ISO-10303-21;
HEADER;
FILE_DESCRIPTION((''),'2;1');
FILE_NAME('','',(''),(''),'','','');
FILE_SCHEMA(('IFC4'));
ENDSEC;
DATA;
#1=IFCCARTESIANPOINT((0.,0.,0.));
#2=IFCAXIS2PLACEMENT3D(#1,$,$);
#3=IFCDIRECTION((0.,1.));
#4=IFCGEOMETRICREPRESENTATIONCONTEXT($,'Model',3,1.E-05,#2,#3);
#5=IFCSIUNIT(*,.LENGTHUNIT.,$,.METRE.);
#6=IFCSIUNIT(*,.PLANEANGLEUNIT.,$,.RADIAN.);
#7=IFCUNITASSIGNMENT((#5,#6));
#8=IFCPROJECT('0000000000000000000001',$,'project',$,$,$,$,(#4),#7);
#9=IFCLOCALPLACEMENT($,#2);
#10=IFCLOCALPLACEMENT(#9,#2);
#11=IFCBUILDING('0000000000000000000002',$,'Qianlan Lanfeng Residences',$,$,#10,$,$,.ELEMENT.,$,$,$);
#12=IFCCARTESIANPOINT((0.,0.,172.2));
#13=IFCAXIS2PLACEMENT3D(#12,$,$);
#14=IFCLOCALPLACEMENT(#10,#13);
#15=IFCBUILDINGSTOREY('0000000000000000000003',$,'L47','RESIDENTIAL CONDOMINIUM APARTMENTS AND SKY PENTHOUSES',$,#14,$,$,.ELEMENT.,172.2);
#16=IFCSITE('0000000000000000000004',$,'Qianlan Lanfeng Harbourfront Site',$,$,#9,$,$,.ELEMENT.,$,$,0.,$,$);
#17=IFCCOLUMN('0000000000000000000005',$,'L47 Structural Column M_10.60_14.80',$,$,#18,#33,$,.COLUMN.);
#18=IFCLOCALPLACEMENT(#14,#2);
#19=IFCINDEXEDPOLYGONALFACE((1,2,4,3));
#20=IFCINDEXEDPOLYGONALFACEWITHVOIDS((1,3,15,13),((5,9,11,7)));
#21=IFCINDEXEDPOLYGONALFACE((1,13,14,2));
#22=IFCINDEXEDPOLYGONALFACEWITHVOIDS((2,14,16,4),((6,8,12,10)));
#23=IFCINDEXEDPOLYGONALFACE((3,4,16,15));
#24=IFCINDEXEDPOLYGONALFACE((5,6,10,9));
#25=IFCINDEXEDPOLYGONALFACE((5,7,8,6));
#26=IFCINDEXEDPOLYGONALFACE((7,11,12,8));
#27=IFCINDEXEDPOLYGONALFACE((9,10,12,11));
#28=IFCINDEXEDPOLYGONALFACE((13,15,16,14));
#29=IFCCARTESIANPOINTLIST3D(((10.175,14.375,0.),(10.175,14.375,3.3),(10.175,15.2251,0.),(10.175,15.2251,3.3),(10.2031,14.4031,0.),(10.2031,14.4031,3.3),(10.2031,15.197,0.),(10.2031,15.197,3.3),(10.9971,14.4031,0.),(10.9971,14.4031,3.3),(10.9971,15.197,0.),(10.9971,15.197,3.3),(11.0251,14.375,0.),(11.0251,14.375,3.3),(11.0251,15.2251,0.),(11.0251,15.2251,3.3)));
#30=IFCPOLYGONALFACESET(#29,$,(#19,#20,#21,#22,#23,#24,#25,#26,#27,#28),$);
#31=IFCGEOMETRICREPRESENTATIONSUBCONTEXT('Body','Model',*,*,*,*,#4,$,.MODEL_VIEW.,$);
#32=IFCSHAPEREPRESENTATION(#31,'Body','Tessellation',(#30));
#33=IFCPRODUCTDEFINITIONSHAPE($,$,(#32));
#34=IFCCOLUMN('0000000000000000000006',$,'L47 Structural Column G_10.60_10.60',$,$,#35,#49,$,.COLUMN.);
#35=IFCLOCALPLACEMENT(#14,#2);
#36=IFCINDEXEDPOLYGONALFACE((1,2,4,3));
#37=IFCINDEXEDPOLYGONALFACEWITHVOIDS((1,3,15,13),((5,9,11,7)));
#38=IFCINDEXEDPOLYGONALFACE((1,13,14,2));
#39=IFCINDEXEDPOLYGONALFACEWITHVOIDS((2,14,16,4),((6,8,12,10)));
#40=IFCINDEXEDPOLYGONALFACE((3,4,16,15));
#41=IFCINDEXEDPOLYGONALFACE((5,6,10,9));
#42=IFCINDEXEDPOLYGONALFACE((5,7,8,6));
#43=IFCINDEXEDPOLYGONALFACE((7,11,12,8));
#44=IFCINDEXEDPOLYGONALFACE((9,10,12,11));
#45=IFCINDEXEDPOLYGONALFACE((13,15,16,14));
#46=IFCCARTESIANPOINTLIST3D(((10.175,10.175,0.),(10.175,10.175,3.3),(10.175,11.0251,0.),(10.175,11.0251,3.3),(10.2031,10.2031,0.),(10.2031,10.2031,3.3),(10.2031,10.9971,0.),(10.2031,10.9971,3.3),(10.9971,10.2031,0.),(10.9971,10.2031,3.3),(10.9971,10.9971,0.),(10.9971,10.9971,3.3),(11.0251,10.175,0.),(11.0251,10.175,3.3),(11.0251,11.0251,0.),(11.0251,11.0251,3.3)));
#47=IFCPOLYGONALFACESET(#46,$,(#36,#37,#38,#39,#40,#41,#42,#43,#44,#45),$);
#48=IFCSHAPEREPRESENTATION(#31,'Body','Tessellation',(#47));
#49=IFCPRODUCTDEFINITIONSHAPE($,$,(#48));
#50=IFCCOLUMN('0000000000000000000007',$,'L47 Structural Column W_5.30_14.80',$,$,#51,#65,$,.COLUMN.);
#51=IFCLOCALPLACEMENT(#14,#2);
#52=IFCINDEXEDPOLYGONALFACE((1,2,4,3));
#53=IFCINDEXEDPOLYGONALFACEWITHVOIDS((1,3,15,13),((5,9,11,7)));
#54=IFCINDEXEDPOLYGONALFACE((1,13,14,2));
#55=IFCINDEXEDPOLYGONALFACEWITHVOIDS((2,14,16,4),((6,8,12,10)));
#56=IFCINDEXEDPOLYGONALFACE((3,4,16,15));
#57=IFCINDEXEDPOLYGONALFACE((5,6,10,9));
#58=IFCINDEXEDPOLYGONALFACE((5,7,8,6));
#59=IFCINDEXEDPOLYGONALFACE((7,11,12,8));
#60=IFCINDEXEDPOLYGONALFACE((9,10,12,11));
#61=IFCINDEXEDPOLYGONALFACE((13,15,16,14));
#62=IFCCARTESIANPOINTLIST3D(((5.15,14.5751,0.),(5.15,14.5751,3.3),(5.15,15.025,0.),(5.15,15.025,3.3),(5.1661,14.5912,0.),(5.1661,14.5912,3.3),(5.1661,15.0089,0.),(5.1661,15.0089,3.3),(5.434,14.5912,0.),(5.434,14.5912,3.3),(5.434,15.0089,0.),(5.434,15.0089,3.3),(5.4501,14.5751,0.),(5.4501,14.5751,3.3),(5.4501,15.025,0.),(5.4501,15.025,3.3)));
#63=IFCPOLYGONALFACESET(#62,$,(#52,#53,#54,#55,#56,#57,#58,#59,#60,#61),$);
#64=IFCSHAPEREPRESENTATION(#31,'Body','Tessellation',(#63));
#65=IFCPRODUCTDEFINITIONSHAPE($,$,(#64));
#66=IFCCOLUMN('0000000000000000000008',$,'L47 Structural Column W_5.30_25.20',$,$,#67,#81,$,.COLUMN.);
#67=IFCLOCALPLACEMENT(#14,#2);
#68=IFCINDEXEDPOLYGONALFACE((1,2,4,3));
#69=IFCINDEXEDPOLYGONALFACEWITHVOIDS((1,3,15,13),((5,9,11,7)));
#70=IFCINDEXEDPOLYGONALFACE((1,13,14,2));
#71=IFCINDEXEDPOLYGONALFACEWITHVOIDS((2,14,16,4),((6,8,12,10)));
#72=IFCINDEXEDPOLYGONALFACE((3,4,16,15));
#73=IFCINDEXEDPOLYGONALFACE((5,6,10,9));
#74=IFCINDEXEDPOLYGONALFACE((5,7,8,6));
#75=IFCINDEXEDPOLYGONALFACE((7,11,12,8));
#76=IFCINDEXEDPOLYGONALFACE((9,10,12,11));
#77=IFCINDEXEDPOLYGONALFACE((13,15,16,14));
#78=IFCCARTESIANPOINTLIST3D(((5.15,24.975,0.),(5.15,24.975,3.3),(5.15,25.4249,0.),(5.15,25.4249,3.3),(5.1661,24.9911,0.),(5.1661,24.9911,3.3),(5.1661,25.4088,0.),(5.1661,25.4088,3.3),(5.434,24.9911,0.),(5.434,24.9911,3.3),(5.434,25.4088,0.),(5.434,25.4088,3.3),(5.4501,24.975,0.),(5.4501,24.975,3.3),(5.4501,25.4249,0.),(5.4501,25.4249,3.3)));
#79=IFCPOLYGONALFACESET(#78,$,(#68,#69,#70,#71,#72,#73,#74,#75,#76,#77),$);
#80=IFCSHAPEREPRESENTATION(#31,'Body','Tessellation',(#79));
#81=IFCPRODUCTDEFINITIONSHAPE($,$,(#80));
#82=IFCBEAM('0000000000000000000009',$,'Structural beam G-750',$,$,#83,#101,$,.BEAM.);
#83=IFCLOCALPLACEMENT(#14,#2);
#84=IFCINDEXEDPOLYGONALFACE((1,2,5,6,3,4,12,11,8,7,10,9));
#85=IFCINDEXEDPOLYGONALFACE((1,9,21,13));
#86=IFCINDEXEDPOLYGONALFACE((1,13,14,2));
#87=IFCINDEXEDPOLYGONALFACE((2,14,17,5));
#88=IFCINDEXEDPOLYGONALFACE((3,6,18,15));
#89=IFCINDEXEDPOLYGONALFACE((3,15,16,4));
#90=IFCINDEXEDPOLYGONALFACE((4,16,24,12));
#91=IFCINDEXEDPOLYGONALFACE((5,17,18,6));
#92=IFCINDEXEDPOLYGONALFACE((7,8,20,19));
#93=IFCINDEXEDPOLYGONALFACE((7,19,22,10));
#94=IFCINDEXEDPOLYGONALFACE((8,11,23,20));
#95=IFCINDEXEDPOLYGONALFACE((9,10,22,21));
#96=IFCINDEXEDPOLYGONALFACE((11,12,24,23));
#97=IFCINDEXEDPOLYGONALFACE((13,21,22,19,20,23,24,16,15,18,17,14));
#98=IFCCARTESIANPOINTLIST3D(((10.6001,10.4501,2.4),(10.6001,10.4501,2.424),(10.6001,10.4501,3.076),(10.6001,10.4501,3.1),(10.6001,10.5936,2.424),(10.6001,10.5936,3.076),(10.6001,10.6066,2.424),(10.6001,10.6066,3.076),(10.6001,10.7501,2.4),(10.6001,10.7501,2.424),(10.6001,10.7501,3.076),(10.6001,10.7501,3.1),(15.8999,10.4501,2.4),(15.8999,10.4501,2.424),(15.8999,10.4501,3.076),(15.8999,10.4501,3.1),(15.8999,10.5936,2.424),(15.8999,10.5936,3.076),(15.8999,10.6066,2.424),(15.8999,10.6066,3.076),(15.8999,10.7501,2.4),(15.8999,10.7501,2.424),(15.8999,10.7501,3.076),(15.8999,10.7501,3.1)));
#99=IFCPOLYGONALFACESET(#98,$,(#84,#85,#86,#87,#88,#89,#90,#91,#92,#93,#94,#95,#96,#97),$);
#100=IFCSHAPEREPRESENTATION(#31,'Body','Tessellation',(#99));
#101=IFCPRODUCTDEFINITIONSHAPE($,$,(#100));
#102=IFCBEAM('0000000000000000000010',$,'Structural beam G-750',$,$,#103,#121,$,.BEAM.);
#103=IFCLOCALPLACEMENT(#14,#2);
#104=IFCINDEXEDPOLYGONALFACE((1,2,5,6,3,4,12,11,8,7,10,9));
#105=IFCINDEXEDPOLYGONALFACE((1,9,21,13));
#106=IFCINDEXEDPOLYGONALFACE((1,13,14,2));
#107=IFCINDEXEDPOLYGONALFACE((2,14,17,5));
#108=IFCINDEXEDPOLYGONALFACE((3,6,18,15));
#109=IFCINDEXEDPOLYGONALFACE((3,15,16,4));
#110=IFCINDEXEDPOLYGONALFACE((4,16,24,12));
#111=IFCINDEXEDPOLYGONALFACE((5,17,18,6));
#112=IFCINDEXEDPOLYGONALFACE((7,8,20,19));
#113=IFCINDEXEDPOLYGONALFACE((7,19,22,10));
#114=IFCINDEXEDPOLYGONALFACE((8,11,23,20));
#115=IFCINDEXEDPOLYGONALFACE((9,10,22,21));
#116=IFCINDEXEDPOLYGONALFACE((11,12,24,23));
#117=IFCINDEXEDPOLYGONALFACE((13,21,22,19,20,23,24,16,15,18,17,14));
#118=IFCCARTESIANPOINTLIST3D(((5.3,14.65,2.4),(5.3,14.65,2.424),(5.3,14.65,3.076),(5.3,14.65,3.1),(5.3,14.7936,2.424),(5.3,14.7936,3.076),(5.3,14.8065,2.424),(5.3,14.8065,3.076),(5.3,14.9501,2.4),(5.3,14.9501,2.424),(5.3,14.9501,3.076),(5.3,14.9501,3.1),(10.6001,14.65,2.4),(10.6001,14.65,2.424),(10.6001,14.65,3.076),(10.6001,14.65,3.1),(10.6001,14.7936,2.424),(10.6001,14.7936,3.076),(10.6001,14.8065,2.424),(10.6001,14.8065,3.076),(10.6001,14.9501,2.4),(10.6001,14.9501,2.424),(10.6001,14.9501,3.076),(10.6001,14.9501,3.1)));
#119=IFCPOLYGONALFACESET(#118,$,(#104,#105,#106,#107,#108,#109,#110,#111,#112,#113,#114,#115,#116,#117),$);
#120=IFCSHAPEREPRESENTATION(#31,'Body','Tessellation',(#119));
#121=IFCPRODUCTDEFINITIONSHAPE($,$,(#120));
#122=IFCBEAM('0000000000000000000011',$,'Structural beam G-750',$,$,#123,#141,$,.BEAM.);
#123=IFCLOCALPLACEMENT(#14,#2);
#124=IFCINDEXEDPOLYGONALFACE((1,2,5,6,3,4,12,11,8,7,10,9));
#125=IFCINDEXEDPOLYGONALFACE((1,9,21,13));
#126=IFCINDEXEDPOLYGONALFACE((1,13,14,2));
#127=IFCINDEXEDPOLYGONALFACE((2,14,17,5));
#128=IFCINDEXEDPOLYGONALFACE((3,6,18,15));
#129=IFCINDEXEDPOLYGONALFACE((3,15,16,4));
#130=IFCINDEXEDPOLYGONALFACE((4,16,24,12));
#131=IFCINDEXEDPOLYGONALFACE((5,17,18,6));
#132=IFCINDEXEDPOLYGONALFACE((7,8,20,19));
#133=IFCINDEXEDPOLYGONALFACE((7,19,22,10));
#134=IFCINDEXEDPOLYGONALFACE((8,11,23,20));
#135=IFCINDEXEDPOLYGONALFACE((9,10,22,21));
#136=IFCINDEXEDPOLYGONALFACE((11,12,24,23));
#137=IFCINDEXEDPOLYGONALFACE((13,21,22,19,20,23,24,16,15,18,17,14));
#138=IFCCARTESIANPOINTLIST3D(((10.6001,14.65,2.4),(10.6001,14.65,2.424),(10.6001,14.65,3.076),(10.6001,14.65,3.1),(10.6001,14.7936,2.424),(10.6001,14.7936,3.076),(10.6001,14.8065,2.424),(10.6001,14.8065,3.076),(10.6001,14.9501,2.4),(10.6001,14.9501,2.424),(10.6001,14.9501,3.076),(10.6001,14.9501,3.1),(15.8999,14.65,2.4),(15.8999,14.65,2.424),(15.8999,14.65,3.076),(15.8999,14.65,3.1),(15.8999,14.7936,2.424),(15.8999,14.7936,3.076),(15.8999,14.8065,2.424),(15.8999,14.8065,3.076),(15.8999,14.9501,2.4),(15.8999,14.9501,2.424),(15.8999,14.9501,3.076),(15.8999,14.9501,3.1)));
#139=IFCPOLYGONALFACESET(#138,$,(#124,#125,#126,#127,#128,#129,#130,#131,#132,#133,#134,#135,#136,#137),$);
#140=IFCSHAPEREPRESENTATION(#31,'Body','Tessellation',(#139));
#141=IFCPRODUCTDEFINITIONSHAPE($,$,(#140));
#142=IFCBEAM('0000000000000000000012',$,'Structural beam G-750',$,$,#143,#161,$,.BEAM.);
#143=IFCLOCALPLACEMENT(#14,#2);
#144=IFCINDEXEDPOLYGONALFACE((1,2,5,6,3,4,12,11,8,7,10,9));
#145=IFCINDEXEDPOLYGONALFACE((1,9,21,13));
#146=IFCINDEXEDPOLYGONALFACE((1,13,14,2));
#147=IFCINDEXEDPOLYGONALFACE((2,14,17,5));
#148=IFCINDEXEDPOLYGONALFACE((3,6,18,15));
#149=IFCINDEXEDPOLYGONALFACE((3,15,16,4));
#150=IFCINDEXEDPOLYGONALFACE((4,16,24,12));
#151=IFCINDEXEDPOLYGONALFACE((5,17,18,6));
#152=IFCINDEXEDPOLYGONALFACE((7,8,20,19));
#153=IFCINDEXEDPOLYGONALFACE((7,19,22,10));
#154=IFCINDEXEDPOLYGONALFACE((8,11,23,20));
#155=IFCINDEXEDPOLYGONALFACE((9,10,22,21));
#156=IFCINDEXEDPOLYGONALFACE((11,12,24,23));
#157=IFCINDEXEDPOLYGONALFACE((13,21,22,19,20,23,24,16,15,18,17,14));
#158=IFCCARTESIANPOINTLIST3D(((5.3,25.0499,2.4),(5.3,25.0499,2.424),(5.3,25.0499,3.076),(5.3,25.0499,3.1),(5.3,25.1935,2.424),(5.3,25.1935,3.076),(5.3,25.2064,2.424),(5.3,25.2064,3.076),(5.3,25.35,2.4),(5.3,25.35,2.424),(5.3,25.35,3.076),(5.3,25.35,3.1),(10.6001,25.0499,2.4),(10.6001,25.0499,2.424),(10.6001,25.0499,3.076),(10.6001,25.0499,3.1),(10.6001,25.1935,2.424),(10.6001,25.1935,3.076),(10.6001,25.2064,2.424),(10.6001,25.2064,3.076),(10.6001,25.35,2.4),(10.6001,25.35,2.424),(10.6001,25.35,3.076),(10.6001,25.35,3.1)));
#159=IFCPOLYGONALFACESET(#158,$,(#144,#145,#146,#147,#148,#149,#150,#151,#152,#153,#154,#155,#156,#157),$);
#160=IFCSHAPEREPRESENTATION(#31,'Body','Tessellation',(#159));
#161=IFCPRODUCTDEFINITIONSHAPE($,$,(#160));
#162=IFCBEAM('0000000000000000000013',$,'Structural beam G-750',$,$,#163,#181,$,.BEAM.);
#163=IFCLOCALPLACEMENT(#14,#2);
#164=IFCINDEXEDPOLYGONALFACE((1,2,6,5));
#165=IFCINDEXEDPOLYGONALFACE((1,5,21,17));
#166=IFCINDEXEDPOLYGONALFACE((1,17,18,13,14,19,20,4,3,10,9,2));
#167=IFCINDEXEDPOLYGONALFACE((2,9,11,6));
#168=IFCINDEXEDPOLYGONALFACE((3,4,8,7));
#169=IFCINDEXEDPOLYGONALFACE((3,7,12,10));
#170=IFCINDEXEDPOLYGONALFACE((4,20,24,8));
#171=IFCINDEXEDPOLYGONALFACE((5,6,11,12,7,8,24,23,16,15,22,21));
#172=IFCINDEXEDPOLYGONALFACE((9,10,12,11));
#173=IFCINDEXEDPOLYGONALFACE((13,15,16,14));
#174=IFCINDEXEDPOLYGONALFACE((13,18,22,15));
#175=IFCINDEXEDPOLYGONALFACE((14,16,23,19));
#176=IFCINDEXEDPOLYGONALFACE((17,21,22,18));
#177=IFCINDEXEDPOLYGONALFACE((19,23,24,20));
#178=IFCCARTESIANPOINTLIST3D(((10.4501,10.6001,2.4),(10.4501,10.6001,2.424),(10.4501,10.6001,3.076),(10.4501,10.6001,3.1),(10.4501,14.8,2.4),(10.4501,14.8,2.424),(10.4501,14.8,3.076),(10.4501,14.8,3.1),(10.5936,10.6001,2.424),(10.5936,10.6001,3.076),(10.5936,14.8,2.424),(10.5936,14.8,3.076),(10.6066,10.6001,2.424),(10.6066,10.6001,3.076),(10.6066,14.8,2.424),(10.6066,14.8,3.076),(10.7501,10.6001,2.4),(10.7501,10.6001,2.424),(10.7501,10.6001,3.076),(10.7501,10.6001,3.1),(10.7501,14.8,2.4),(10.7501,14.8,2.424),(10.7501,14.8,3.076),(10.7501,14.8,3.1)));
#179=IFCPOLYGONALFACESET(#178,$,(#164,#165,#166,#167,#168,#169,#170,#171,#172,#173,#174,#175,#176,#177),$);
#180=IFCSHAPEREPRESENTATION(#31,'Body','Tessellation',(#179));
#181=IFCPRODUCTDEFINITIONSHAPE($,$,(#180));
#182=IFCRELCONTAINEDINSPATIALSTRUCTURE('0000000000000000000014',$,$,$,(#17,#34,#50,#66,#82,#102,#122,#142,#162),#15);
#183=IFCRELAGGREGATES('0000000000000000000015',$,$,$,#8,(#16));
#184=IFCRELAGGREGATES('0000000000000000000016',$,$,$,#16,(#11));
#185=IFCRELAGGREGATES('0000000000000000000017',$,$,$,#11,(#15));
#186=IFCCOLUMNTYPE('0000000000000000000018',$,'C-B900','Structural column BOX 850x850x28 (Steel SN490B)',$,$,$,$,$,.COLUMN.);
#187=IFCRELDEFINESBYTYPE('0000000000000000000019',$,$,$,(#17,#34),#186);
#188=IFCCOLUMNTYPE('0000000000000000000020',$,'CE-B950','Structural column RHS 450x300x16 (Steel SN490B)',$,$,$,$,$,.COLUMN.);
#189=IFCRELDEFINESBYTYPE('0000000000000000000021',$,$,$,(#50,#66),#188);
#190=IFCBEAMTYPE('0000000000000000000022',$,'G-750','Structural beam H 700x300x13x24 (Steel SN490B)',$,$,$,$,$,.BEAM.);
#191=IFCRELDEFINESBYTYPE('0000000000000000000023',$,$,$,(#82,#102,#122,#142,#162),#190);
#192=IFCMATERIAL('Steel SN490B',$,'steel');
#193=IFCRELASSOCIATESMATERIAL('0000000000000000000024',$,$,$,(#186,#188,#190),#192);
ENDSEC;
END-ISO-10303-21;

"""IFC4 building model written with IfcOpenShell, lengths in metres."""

from ifc_helpers import new_model, si_unit, direction, frame, origin, origin_2d, place, context, subcontext, project, spatial, hollow_rectangle, i_section, extrude, material, material_profile, profile_set, type_object, element, save


model = new_model("IFC4")

# Units and contexts
model_context = context("Model", 3, precision=1e-05, world=origin(), true_north=direction((0.0, 1.0)))
body_context = subcontext(model_context, "Body", "Model", "MODEL_VIEW")
ifc_project = project(units=[si_unit("LENGTHUNIT", "METRE"), si_unit("PLANEANGLEUNIT", "RADIAN")], contexts=[model_context])

# Site, building, storey
site_placement = place(None, origin())
site = spatial("IfcSite", under=ifc_project, at=site_placement, Name="Qianlan Lanfeng Harbourfront Site", CompositionType="ELEMENT", RefElevation=0.0)
building_placement = place(site_placement, origin())
building = spatial("IfcBuilding", under=site, at=building_placement, Name="Qianlan Lanfeng Residences", CompositionType="ELEMENT")
storey_placement = place(building_placement, frame((0.0, 0.0, 172.2)))
storey = spatial("IfcBuildingStorey", under=building, at=storey_placement, Name="L47", Description="RESIDENTIAL CONDOMINIUM APARTMENTS AND SKY PENTHOUSES", CompositionType="ELEMENT", Elevation=172.2)

# Columns
ifc_material_1 = material(Name="Steel SN490B", Category="steel")
ifc_material_profile_1 = material_profile(ifc_material_1, hollow_rectangle(XDim=0.8501, YDim=0.8501, WallThickness=0.0281, at=origin_2d()), Name="BOX 850x850x28")
ifc_profile_set_1 = profile_set([ifc_material_profile_1], Name="Steel SN490B")
column_type_1 = type_object("IfcColumnType", Name="C-B900", Description="Structural column BOX 850x850x28 (Steel SN490B)", PredefinedType="COLUMN", material=ifc_profile_set_1)
for number, where, z_axis, x_axis, name in (
    (1, (10.6001, 14.8, 0.0), (0.0, 0.0, 1.0), (1.0, 0.0, 0.0), "L47 Structural Column M_10.60_14.80"),
    (2, (10.6001, 10.6001, 0.0), (0.0, 0.0, 1.0), (1.0, 0.0, 0.0), "L47 Structural Column G_10.60_10.60"),
):
    element("IfcColumn", number, at=place(storey_placement, frame(where, z_axis=z_axis, x_axis=x_axis)), inside=storey, type_object=column_type_1, Name=name, PredefinedType="COLUMN", context=body_context, shape_type="SweptSolid", body=[
        extrude(hollow_rectangle(XDim=0.8501, YDim=0.8501, WallThickness=0.0281, at=origin_2d()), origin(), (0.0, 0.0, 1.0), 3.3),
    ])
ifc_material_profile_2 = material_profile(ifc_material_1, hollow_rectangle(XDim=0.3, YDim=0.45, WallThickness=0.0161, at=origin_2d()), Name="RHS 450x300x16")
ifc_profile_set_2 = profile_set([ifc_material_profile_2], Name="Steel SN490B")
column_type_2 = type_object("IfcColumnType", Name="CE-B950", Description="Structural column RHS 450x300x16 (Steel SN490B)", PredefinedType="COLUMN", material=ifc_profile_set_2)
for number, where, z_axis, x_axis, name in (
    (3, (5.3, 14.8, 0.0), (0.0, 0.0, 1.0), (1.0, 0.0, 0.0), "L47 Structural Column W_5.30_14.80"),
    (4, (5.3, 25.2, 0.0), (0.0, 0.0, 1.0), (1.0, 0.0, 0.0), "L47 Structural Column W_5.30_25.20"),
):
    element("IfcColumn", number, at=place(storey_placement, frame(where, z_axis=z_axis, x_axis=x_axis)), inside=storey, type_object=column_type_2, Name=name, PredefinedType="COLUMN", context=body_context, shape_type="SweptSolid", body=[
        extrude(hollow_rectangle(XDim=0.3, YDim=0.45, WallThickness=0.0161, at=origin_2d()), origin(), (0.0, 0.0, 1.0), 3.3),
    ])

# Beams
ifc_material_profile_3 = material_profile(ifc_material_1, i_section(OverallWidth=0.3, OverallDepth=0.7, WebThickness=0.0129, FlangeThickness=0.0239, at=origin_2d()), Name="H 700x300x13x24")
ifc_profile_set_3 = profile_set([ifc_material_profile_3], Name="Steel SN490B")
beam_type_1 = type_object("IfcBeamType", Name="G-750", Description="Structural beam H 700x300x13x24 (Steel SN490B)", PredefinedType="BEAM", material=ifc_profile_set_3)
beam_1_placement = place(storey_placement, frame((10.6001, 10.6001, 2.75), z_axis=(1.0, 0.0, 0.0), x_axis=(0.0, 1.0, 0.0)))
element("IfcBeam", 5, at=beam_1_placement, inside=storey, type_object=beam_type_1, Name="Structural beam G-750", PredefinedType="BEAM", context=body_context, shape_type="SweptSolid", body=[
    extrude(i_section(OverallWidth=0.3, OverallDepth=0.7, WebThickness=0.0129, FlangeThickness=0.0239, at=origin_2d()), origin(), (0.0, 0.0, 1.0), 5.2998),
])
beam_2_placement = place(storey_placement, frame((5.3, 14.8, 2.75), z_axis=(1.0, 0.0, 0.0), x_axis=(0.0, 1.0, 0.0)))
element("IfcBeam", 6, at=beam_2_placement, inside=storey, type_object=beam_type_1, Name="Structural beam G-750", PredefinedType="BEAM", context=body_context, shape_type="SweptSolid", body=[
    extrude(i_section(OverallWidth=0.3, OverallDepth=0.7, WebThickness=0.0129, FlangeThickness=0.0239, at=origin_2d()), origin(), (0.0, 0.0, 1.0), 5.3),
])
beam_3_placement = place(storey_placement, frame((10.6001, 14.8, 2.75), z_axis=(1.0, 0.0, 0.0), x_axis=(0.0, 1.0, 0.0)))
element("IfcBeam", 7, at=beam_3_placement, inside=storey, type_object=beam_type_1, Name="Structural beam G-750", PredefinedType="BEAM", context=body_context, shape_type="SweptSolid", body=[
    extrude(i_section(OverallWidth=0.3, OverallDepth=0.7, WebThickness=0.0129, FlangeThickness=0.0239, at=origin_2d()), origin(), (0.0, 0.0, 1.0), 5.2998),
])
beam_4_placement = place(storey_placement, frame((5.3, 25.2, 2.75), z_axis=(1.0, 0.0, 0.0), x_axis=(0.0, 1.0, 0.0)))
element("IfcBeam", 8, at=beam_4_placement, inside=storey, type_object=beam_type_1, Name="Structural beam G-750", PredefinedType="BEAM", context=body_context, shape_type="SweptSolid", body=[
    extrude(i_section(OverallWidth=0.3, OverallDepth=0.7, WebThickness=0.0129, FlangeThickness=0.0239, at=origin_2d()), origin(), (0.0, 0.0, 1.0), 5.3),
])
beam_5_placement = place(storey_placement, frame((10.6001, 10.6001, 2.75), z_axis=(0.0, 1.0, 0.0), x_axis=(-1.0, 0.0, 0.0)))
element("IfcBeam", 9, at=beam_5_placement, inside=storey, type_object=beam_type_1, Name="Structural beam G-750", PredefinedType="BEAM", context=body_context, shape_type="SweptSolid", body=[
    extrude(i_section(OverallWidth=0.3, OverallDepth=0.7, WebThickness=0.0129, FlangeThickness=0.0239, at=origin_2d()), origin(), (0.0, 0.0, 1.0), 4.2),
])

save(model, "model.ifc")
